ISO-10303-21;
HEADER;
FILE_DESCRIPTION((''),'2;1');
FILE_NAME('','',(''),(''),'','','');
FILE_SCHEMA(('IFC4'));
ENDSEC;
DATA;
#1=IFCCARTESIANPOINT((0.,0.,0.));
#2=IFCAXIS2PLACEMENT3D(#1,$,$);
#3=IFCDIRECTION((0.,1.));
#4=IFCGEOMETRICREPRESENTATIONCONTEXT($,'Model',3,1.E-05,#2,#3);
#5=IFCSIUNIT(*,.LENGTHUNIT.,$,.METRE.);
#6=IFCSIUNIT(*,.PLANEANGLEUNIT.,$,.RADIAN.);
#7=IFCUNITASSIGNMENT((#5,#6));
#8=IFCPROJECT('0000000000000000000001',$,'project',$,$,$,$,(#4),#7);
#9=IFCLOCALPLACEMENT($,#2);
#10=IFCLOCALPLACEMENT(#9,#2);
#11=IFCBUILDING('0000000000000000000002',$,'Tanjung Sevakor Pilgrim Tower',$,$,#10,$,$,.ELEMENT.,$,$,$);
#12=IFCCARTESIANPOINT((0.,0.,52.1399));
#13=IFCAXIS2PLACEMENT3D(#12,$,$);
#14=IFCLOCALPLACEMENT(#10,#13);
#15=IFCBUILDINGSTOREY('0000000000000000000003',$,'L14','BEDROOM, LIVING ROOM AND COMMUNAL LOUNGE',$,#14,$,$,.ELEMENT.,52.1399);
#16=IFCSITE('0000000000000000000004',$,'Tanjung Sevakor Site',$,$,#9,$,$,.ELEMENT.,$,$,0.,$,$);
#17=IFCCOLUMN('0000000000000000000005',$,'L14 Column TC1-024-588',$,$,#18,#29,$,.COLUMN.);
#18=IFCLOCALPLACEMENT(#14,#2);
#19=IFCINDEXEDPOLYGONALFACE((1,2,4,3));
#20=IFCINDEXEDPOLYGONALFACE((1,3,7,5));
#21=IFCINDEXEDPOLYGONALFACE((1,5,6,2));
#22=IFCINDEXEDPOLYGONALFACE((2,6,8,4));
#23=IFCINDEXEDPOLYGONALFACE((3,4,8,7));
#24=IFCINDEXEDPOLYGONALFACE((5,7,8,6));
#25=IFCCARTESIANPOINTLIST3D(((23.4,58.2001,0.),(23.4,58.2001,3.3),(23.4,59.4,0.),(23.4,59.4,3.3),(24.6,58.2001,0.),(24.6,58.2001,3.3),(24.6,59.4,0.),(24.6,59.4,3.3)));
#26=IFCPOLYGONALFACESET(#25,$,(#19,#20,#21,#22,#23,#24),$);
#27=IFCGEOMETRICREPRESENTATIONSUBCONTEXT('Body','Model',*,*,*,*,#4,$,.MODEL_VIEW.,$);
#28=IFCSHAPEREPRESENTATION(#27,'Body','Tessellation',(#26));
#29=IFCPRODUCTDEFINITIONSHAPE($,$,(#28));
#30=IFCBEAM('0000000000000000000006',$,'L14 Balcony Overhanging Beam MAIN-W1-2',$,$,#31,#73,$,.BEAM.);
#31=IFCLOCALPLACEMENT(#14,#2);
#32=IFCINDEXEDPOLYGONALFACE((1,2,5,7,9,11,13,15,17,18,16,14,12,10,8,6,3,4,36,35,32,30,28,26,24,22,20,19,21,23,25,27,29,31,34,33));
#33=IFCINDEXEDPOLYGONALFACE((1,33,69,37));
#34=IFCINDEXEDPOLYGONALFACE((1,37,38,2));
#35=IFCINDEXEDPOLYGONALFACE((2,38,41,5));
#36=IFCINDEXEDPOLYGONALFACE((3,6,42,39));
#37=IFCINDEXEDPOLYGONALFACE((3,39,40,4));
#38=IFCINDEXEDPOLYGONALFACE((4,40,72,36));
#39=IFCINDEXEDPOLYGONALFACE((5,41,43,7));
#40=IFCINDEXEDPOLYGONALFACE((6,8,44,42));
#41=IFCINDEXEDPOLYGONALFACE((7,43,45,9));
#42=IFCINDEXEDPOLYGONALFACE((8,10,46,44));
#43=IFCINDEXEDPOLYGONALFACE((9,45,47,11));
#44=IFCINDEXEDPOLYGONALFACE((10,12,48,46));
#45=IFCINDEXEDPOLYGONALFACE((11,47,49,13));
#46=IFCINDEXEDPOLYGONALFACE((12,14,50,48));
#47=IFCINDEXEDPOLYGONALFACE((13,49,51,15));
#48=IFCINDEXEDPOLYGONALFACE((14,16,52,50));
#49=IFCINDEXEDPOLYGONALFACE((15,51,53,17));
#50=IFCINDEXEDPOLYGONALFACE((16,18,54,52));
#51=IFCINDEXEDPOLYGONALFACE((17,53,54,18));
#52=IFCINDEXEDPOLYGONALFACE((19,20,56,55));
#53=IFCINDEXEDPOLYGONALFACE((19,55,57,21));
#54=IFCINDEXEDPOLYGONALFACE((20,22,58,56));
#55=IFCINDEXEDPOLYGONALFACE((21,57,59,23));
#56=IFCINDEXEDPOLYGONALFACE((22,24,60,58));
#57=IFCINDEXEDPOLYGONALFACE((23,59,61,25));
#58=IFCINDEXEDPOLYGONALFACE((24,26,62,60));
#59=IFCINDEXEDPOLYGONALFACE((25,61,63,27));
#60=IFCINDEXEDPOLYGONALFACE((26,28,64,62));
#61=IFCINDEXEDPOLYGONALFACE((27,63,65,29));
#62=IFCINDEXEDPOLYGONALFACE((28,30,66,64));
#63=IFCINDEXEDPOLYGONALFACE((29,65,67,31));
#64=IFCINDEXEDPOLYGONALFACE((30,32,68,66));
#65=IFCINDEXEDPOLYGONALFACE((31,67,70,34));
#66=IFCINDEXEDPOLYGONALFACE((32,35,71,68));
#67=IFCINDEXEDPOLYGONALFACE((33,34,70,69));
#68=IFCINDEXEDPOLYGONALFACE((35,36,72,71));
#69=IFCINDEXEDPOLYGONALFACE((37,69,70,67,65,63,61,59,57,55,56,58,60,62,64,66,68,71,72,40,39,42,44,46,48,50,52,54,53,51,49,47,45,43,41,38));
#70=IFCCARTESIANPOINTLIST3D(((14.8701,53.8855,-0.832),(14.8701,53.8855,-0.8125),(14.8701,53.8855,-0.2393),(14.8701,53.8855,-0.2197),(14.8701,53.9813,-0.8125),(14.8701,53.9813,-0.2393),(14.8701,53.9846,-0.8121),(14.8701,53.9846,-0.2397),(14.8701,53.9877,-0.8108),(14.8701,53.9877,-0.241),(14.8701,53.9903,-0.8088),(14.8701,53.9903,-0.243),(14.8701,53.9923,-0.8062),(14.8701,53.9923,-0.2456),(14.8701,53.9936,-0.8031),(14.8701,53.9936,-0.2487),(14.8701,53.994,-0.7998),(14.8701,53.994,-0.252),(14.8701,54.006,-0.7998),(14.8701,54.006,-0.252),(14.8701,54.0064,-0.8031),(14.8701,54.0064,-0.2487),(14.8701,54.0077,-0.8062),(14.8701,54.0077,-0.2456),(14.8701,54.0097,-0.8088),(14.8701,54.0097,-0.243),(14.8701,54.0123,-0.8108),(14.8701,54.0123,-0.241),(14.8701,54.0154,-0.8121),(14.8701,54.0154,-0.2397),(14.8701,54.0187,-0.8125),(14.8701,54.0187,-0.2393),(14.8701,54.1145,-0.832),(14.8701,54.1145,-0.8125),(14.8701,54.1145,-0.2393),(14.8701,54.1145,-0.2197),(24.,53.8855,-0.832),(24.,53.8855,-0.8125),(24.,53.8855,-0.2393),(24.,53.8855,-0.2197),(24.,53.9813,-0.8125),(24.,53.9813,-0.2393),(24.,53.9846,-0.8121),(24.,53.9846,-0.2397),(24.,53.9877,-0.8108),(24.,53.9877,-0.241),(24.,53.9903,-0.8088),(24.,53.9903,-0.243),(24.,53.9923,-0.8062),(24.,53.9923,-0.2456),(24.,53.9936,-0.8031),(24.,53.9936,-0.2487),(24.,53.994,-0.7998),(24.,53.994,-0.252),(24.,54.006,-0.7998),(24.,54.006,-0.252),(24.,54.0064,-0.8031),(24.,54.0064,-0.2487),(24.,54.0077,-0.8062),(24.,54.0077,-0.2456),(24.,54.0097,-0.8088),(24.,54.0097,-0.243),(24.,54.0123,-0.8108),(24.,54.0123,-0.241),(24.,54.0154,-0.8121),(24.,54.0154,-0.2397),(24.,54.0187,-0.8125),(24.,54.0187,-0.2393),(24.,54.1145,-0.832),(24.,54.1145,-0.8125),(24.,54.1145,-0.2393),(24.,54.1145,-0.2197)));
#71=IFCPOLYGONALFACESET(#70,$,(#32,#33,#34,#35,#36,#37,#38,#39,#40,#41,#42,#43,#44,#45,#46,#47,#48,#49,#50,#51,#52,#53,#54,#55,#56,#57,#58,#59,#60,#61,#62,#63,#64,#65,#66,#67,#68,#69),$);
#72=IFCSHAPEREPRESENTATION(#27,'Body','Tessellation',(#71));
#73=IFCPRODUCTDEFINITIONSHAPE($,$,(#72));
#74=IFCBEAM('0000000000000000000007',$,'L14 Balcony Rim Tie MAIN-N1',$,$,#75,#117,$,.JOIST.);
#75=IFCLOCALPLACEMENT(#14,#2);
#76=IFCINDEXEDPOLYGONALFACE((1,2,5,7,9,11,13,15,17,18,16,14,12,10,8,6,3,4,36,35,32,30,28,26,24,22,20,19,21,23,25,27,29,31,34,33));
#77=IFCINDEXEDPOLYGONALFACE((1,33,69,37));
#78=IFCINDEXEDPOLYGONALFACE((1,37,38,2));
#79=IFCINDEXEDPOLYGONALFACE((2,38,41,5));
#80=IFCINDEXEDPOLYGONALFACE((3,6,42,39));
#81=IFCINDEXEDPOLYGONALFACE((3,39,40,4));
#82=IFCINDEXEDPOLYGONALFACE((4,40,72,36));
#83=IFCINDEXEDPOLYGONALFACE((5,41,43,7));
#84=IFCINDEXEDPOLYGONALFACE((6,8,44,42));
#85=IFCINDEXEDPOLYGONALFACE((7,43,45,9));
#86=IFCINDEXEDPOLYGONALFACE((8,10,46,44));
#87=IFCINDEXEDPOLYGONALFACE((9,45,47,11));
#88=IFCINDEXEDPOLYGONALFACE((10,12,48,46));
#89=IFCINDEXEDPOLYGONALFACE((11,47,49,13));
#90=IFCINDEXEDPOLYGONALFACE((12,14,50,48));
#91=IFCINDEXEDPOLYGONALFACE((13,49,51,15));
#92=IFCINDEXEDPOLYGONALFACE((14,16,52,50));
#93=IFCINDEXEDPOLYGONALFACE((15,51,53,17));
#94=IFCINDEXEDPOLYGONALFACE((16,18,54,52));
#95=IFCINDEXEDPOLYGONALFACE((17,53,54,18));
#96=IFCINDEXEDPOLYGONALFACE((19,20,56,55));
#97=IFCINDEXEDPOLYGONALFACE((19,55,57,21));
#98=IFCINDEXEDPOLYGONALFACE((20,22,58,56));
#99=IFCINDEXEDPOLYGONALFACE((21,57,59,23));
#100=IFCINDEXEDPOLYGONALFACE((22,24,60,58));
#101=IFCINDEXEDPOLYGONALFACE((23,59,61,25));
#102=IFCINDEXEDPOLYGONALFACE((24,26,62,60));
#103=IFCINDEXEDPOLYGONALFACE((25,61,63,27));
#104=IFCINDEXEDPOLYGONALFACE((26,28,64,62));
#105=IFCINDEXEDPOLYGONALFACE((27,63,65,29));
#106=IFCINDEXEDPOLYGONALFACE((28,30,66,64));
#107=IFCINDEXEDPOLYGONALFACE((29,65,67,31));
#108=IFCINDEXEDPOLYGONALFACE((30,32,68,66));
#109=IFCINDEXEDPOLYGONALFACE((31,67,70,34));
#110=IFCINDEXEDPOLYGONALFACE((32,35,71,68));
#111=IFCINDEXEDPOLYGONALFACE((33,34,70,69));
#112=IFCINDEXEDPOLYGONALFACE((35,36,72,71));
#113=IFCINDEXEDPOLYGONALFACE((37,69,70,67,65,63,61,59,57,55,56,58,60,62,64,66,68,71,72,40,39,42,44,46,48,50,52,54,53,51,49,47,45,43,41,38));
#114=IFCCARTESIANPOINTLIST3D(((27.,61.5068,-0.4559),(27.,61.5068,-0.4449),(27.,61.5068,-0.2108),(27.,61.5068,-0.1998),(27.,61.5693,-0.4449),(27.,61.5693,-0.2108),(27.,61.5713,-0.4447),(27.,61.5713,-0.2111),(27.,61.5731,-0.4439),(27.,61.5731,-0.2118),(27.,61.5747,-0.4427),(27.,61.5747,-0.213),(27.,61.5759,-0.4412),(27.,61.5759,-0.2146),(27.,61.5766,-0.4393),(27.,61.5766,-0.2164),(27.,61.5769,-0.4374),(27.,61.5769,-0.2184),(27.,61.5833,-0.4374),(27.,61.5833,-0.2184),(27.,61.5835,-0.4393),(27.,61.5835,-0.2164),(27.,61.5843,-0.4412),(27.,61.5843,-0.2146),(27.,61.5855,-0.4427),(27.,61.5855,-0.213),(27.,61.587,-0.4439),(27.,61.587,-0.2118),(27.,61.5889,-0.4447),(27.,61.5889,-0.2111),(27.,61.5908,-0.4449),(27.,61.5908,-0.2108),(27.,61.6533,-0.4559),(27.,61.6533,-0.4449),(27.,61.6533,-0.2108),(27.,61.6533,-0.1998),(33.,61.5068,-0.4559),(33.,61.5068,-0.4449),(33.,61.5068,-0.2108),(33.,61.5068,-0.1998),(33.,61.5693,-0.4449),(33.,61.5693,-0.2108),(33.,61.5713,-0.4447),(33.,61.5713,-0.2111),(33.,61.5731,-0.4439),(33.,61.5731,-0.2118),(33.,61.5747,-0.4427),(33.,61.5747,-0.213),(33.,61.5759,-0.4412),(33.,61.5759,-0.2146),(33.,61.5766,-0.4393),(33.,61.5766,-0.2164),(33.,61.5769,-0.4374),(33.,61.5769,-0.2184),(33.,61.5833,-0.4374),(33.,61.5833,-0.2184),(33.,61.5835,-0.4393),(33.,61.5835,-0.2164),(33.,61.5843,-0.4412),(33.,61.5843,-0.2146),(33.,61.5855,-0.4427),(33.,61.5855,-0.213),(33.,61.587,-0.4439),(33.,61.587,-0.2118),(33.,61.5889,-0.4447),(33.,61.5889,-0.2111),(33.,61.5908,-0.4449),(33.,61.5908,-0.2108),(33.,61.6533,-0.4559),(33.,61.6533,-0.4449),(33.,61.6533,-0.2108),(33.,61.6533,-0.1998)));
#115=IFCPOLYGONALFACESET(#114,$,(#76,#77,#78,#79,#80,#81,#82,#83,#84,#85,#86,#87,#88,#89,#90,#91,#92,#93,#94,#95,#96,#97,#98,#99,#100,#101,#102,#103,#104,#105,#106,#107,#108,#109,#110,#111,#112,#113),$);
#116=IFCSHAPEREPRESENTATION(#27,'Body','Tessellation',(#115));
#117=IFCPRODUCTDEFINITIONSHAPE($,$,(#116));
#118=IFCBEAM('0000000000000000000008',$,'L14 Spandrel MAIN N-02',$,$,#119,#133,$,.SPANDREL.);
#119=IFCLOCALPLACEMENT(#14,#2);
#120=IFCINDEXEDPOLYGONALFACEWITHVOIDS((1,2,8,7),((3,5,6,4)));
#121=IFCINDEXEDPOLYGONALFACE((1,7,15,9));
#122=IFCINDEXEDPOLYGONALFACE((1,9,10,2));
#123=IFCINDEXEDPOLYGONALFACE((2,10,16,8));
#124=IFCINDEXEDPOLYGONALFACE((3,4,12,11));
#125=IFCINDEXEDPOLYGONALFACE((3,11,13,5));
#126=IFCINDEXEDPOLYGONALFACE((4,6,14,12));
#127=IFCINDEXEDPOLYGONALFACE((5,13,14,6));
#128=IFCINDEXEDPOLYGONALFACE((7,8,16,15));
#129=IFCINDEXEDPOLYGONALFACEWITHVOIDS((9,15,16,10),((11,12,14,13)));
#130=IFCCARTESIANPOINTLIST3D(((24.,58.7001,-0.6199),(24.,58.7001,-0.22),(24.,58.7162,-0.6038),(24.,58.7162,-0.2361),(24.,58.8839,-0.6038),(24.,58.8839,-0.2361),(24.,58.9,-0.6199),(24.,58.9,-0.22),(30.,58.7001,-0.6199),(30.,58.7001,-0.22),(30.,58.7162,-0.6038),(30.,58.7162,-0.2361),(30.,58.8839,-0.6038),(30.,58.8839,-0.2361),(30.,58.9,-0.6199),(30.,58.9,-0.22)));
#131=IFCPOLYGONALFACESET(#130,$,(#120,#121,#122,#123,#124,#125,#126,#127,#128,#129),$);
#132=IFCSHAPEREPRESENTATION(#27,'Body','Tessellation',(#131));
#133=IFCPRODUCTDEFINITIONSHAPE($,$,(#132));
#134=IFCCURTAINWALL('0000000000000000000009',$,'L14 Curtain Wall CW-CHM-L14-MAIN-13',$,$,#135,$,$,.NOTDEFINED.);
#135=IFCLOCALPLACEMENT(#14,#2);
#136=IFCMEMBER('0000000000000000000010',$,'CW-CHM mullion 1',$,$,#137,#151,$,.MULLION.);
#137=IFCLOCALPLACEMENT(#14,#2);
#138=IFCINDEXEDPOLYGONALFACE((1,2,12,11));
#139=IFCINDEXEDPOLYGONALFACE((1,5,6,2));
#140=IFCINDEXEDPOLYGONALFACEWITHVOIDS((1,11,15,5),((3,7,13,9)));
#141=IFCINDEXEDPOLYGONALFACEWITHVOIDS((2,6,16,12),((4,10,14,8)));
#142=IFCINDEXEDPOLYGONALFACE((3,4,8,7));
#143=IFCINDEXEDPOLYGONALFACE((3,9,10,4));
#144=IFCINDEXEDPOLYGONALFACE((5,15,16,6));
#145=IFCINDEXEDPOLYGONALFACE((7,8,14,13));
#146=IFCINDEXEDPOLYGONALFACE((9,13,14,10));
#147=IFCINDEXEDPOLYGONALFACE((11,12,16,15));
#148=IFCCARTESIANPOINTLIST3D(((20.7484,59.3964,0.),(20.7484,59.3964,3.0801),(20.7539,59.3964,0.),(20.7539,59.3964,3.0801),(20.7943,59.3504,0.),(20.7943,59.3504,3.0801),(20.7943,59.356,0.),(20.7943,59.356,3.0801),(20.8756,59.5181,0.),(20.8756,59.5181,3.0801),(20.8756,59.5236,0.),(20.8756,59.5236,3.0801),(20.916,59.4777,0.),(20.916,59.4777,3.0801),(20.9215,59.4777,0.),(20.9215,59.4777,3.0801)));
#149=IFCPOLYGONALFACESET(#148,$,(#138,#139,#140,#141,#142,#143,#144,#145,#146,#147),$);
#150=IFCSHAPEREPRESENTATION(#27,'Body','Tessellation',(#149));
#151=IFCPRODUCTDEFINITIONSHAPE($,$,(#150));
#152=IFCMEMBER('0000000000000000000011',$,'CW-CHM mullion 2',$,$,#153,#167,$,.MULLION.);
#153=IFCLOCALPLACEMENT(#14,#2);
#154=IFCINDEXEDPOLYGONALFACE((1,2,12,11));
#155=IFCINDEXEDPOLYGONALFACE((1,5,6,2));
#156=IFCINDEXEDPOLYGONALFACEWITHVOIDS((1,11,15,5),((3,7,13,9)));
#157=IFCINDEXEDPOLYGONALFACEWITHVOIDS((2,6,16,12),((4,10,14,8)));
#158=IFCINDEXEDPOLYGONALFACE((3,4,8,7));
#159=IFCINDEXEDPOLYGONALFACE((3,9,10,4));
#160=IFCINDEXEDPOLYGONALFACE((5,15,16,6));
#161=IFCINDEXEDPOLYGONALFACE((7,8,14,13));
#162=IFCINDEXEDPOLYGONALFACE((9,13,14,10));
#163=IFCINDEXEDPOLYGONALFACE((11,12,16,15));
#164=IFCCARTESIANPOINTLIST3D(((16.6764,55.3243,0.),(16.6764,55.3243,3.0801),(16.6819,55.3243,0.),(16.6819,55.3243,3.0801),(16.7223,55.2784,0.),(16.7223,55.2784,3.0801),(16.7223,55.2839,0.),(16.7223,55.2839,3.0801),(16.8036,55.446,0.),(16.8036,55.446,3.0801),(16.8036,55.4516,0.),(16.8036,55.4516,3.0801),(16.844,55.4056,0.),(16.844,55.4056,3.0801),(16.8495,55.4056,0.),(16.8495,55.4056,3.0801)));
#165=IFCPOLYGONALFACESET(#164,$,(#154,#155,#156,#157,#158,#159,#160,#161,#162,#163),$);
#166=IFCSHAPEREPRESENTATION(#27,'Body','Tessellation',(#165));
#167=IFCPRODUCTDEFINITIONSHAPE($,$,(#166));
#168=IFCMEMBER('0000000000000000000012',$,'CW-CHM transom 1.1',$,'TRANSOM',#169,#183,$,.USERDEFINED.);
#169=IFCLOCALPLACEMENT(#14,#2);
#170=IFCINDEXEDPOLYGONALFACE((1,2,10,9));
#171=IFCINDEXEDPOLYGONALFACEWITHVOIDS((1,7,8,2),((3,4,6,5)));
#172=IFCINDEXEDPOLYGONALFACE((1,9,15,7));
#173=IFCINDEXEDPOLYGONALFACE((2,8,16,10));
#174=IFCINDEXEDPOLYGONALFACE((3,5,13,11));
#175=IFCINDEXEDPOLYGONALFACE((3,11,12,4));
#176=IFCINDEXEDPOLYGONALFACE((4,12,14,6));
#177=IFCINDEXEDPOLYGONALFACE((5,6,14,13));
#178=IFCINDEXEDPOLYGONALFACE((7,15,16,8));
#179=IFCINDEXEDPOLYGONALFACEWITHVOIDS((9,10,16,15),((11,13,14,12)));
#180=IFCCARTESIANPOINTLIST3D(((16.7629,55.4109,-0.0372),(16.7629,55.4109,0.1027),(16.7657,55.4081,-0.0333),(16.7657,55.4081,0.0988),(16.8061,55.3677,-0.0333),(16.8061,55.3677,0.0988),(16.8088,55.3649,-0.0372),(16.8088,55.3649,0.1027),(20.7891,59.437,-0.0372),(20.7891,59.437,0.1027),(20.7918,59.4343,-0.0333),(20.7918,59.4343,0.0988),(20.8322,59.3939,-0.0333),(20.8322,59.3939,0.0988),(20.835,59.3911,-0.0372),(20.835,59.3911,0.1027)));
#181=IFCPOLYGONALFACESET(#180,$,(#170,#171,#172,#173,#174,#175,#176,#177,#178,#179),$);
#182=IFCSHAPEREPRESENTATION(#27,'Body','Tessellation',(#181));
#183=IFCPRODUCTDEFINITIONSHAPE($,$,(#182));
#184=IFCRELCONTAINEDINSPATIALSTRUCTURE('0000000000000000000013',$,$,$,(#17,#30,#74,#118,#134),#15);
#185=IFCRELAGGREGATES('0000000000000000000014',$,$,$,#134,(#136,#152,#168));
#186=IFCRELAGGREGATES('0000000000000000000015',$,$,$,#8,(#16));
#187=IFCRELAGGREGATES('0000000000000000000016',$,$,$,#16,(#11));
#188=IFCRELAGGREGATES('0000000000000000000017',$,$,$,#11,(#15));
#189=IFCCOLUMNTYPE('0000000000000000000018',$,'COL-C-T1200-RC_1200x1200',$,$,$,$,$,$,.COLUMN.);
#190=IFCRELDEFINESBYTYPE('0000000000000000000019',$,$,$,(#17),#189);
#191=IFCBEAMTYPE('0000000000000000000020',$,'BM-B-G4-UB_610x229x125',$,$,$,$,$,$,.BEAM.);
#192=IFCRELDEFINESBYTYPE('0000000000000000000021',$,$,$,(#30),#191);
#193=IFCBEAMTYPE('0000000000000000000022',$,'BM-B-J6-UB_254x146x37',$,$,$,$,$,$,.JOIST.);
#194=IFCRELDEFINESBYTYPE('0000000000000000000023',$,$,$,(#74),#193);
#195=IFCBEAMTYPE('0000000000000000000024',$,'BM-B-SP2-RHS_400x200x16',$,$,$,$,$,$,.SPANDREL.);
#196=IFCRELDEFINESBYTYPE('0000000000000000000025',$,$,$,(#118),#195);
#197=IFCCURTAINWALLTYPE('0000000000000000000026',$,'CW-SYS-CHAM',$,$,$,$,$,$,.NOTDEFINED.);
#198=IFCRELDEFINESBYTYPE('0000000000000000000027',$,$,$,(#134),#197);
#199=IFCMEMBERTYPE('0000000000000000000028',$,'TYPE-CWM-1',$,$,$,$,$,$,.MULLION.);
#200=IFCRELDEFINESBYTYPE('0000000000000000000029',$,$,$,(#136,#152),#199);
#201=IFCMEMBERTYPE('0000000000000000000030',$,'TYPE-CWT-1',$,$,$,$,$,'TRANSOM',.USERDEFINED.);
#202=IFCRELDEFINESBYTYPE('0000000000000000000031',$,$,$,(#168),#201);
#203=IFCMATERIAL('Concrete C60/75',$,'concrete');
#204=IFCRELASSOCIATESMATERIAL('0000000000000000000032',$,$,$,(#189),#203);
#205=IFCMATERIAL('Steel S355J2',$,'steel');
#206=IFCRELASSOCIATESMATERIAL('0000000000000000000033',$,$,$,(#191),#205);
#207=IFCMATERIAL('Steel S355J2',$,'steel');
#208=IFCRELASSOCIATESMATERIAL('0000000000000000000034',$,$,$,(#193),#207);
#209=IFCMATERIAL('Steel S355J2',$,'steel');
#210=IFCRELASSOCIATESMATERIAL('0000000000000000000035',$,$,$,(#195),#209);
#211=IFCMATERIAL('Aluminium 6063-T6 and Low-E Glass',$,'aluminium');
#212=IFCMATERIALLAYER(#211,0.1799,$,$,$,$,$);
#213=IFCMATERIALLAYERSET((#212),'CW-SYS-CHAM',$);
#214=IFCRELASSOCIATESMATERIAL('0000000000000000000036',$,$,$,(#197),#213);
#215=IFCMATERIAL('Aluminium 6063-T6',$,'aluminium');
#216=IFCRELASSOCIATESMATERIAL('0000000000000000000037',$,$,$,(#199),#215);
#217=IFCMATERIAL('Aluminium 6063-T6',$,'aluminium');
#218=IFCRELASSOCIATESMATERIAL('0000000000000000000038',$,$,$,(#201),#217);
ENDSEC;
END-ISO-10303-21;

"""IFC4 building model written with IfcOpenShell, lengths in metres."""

from ifc_helpers import new_model, si_unit, direction, frame, origin, origin_2d, place, context, subcontext, project, spatial, rectangle, hollow_rectangle, i_section, extrude, material, layer, layer_set, material_profile, profile_set, type_object, element, aggregate, save


model = new_model("IFC4")

# Units and contexts
model_context = context("Model", 3, precision=1e-05, world=origin(), true_north=direction((0.0, 1.0)))
body_context = subcontext(model_context, "Body", "Model", "MODEL_VIEW")
ifc_project = project(units=[si_unit("LENGTHUNIT", "METRE"), si_unit("PLANEANGLEUNIT", "RADIAN")], contexts=[model_context])

# Site, building, storey
site_placement = place(None, origin())
site = spatial("IfcSite", under=ifc_project, at=site_placement, Name="Tanjung Sevakor Site", CompositionType="ELEMENT", RefElevation=0.0)
building_placement = place(site_placement, origin())
building = spatial("IfcBuilding", under=site, at=building_placement, Name="Tanjung Sevakor Pilgrim Tower", CompositionType="ELEMENT")
storey_placement = place(building_placement, frame((0.0, 0.0, 52.1399)))
storey = spatial("IfcBuildingStorey", under=building, at=storey_placement, Name="L14", Description="BEDROOM, LIVING ROOM AND COMMUNAL LOUNGE", CompositionType="ELEMENT", Elevation=52.1399)

# Column
ifc_material_1 = material(Name="Concrete C60/75", Category="concrete")
ifc_material_profile_1 = material_profile(ifc_material_1, rectangle(XDim=1.2, YDim=1.2, at=origin_2d()))
ifc_profile_set_1 = profile_set([ifc_material_profile_1], Name="Concrete C60/75")
column_type = type_object("IfcColumnType", Name="COL-C-T1200-RC_1200x1200", PredefinedType="COLUMN", material=ifc_profile_set_1)
column_placement = place(storey_placement, frame((24.0, 58.8, 0.0), z_axis=(0.0, 0.0, 1.0), x_axis=(1.0, 0.0, 0.0)))
element("IfcColumn", 1, at=column_placement, inside=storey, type_object=column_type, Name="L14 Column TC1-024-588", PredefinedType="COLUMN", context=body_context, shape_type="SweptSolid", body=[
    extrude(rectangle(XDim=1.2, YDim=1.2, at=origin_2d()), origin(), (0.0, 0.0, 1.0), 3.3),
])

# Beams
ifc_material_2 = material(Name="Steel S355J2", Category="steel")
ifc_material_profile_2 = material_profile(ifc_material_2, i_section(OverallWidth=0.229, OverallDepth=0.6123, WebThickness=0.012, FlangeThickness=0.0195, FilletRadius=0.0127, at=origin_2d()))
ifc_profile_set_2 = profile_set([ifc_material_profile_2], Name="Steel S355J2")
beam_type_1 = type_object("IfcBeamType", Name="BM-B-G4-UB_610x229x125", PredefinedType="BEAM", material=ifc_profile_set_2)
beam_1_placement = place(storey_placement, frame((24.0, 54.0, -0.5259), z_axis=(-1.0, 0.0, 0.0), x_axis=(0.0, -1.0, 0.0)))
element("IfcBeam", 2, at=beam_1_placement, inside=storey, type_object=beam_type_1, Name="L14 Balcony Overhanging Beam MAIN-W1-2", PredefinedType="BEAM", context=body_context, shape_type="SweptSolid", body=[
    extrude(i_section(OverallWidth=0.229, OverallDepth=0.6123, WebThickness=0.012, FlangeThickness=0.0195, FilletRadius=0.0127, at=origin_2d()), origin(), (0.0, 0.0, 1.0), 9.1299),
])
ifc_material_3 = material(Name="Steel S355J2", Category="steel")
ifc_material_profile_3 = material_profile(ifc_material_3, i_section(OverallWidth=0.1465, OverallDepth=0.2561, WebThickness=0.0063, FlangeThickness=0.011, FilletRadius=0.0076, at=origin_2d()))
ifc_profile_set_3 = profile_set([ifc_material_profile_3], Name="Steel S355J2")
beam_type_2 = type_object("IfcBeamType", Name="BM-B-J6-UB_254x146x37", PredefinedType="JOIST", material=ifc_profile_set_3)
beam_2_placement = place(storey_placement, frame((27.0, 61.5801, -0.3279), z_axis=(1.0, 0.0, 0.0), x_axis=(0.0, 1.0, 0.0)))
element("IfcBeam", 3, at=beam_2_placement, inside=storey, type_object=beam_type_2, Name="L14 Balcony Rim Tie MAIN-N1", PredefinedType="JOIST", context=body_context, shape_type="SweptSolid", body=[
    extrude(i_section(OverallWidth=0.1465, OverallDepth=0.2561, WebThickness=0.0063, FlangeThickness=0.011, FilletRadius=0.0076, at=origin_2d()), origin(), (0.0, 0.0, 1.0), 6.0),
])
ifc_material_4 = material(Name="Steel S355J2", Category="steel")
ifc_material_profile_4 = material_profile(ifc_material_4, hollow_rectangle(XDim=0.2, YDim=0.3999, WallThickness=0.0161, at=origin_2d()))
ifc_profile_set_4 = profile_set([ifc_material_profile_4], Name="Steel S355J2")
beam_type_3 = type_object("IfcBeamType", Name="BM-B-SP2-RHS_400x200x16", PredefinedType="SPANDREL", material=ifc_profile_set_4)
beam_3_placement = place(storey_placement, frame((24.0, 58.8, -0.4199), z_axis=(1.0, 0.0, 0.0), x_axis=(0.0, 1.0, 0.0)))
element("IfcBeam", 4, at=beam_3_placement, inside=storey, type_object=beam_type_3, Name="L14 Spandrel MAIN N-02", PredefinedType="SPANDREL", context=body_context, shape_type="SweptSolid", body=[
    extrude(hollow_rectangle(XDim=0.2, YDim=0.3999, WallThickness=0.0161, at=origin_2d()), origin(), (0.0, 0.0, 1.0), 6.0),
])

# Curtain wall, members
ifc_material_5 = material(Name="Aluminium 6063-T6 and Low-E Glass", Category="aluminium")
ifc_layer_1 = layer(ifc_material_5, 0.1799)
ifc_layer_set_1 = layer_set([ifc_layer_1], Name="CW-SYS-CHAM")
curtain_wall_type = type_object("IfcCurtainWallType", Name="CW-SYS-CHAM", PredefinedType="NOTDEFINED", material=ifc_layer_set_1)
curtain_wall_placement = place(storey_placement, origin())
curtain_wall = element("IfcCurtainWall", 5, at=curtain_wall_placement, inside=storey, type_object=curtain_wall_type, Name="L14 Curtain Wall CW-CHM-L14-MAIN-13", PredefinedType="NOTDEFINED")
ifc_material_6 = material(Name="Aluminium 6063-T6", Category="aluminium")
ifc_material_profile_5 = material_profile(ifc_material_6, hollow_rectangle(XDim=0.0649, YDim=0.1799, WallThickness=0.0039, at=origin_2d()))
ifc_profile_set_5 = profile_set([ifc_material_profile_5], Name="Aluminium 6063-T6")
member_type_1 = type_object("IfcMemberType", Name="TYPE-CWM-1", PredefinedType="MULLION", material=ifc_profile_set_5)
member_1_placement = place(storey_placement, frame((20.835, 59.437, 0.0), z_axis=(0.0, 0.0, 1.0), x_axis=(0.707107, -0.707107, 0.0)))
member_1 = element("IfcMember", 6, at=member_1_placement, type_object=member_type_1, Name="CW-CHM mullion 1", PredefinedType="MULLION", context=body_context, shape_type="SweptSolid", body=[
    extrude(hollow_rectangle(XDim=0.0649, YDim=0.1799, WallThickness=0.0039, at=origin_2d()), origin(), (0.0, 0.0, 1.0), 3.0801),
])
member_2_placement = place(storey_placement, frame((16.7629, 55.365, 0.0), z_axis=(0.0, 0.0, 1.0), x_axis=(0.707107, -0.707107, 0.0)))
member_2 = element("IfcMember", 7, at=member_2_placement, type_object=member_type_1, Name="CW-CHM mullion 2", PredefinedType="MULLION", context=body_context, shape_type="SweptSolid", body=[
    extrude(hollow_rectangle(XDim=0.0649, YDim=0.1799, WallThickness=0.0039, at=origin_2d()), origin(), (0.0, 0.0, 1.0), 3.0801),
])
ifc_material_7 = material(Name="Aluminium 6063-T6", Category="aluminium")
ifc_material_profile_6 = material_profile(ifc_material_7, hollow_rectangle(XDim=0.0649, YDim=0.1399, WallThickness=0.0039, at=origin_2d()))
ifc_profile_set_6 = profile_set([ifc_material_profile_6], Name="Aluminium 6063-T6")
member_type_2 = type_object("IfcMemberType", Name="TYPE-CWT-1", ElementType="TRANSOM", PredefinedType="USERDEFINED", material=ifc_profile_set_6)
member_3_placement = place(storey_placement, frame((20.812, 59.4141, 0.0327), z_axis=(-0.707107, -0.707107, 0.0), x_axis=(0.707107, -0.707107, 0.0)))
member_3 = element("IfcMember", 8, at=member_3_placement, type_object=member_type_2, Name="CW-CHM transom 1.1", ObjectType="TRANSOM", PredefinedType="USERDEFINED", context=body_context, shape_type="SweptSolid", body=[
    extrude(hollow_rectangle(XDim=0.0649, YDim=0.1399, WallThickness=0.0039, at=origin_2d()), origin(), (0.0, 0.0, 1.0), 5.6938),
])
aggregate(curtain_wall, [member_1, member_2, member_3])

save(model, "model.ifc")
